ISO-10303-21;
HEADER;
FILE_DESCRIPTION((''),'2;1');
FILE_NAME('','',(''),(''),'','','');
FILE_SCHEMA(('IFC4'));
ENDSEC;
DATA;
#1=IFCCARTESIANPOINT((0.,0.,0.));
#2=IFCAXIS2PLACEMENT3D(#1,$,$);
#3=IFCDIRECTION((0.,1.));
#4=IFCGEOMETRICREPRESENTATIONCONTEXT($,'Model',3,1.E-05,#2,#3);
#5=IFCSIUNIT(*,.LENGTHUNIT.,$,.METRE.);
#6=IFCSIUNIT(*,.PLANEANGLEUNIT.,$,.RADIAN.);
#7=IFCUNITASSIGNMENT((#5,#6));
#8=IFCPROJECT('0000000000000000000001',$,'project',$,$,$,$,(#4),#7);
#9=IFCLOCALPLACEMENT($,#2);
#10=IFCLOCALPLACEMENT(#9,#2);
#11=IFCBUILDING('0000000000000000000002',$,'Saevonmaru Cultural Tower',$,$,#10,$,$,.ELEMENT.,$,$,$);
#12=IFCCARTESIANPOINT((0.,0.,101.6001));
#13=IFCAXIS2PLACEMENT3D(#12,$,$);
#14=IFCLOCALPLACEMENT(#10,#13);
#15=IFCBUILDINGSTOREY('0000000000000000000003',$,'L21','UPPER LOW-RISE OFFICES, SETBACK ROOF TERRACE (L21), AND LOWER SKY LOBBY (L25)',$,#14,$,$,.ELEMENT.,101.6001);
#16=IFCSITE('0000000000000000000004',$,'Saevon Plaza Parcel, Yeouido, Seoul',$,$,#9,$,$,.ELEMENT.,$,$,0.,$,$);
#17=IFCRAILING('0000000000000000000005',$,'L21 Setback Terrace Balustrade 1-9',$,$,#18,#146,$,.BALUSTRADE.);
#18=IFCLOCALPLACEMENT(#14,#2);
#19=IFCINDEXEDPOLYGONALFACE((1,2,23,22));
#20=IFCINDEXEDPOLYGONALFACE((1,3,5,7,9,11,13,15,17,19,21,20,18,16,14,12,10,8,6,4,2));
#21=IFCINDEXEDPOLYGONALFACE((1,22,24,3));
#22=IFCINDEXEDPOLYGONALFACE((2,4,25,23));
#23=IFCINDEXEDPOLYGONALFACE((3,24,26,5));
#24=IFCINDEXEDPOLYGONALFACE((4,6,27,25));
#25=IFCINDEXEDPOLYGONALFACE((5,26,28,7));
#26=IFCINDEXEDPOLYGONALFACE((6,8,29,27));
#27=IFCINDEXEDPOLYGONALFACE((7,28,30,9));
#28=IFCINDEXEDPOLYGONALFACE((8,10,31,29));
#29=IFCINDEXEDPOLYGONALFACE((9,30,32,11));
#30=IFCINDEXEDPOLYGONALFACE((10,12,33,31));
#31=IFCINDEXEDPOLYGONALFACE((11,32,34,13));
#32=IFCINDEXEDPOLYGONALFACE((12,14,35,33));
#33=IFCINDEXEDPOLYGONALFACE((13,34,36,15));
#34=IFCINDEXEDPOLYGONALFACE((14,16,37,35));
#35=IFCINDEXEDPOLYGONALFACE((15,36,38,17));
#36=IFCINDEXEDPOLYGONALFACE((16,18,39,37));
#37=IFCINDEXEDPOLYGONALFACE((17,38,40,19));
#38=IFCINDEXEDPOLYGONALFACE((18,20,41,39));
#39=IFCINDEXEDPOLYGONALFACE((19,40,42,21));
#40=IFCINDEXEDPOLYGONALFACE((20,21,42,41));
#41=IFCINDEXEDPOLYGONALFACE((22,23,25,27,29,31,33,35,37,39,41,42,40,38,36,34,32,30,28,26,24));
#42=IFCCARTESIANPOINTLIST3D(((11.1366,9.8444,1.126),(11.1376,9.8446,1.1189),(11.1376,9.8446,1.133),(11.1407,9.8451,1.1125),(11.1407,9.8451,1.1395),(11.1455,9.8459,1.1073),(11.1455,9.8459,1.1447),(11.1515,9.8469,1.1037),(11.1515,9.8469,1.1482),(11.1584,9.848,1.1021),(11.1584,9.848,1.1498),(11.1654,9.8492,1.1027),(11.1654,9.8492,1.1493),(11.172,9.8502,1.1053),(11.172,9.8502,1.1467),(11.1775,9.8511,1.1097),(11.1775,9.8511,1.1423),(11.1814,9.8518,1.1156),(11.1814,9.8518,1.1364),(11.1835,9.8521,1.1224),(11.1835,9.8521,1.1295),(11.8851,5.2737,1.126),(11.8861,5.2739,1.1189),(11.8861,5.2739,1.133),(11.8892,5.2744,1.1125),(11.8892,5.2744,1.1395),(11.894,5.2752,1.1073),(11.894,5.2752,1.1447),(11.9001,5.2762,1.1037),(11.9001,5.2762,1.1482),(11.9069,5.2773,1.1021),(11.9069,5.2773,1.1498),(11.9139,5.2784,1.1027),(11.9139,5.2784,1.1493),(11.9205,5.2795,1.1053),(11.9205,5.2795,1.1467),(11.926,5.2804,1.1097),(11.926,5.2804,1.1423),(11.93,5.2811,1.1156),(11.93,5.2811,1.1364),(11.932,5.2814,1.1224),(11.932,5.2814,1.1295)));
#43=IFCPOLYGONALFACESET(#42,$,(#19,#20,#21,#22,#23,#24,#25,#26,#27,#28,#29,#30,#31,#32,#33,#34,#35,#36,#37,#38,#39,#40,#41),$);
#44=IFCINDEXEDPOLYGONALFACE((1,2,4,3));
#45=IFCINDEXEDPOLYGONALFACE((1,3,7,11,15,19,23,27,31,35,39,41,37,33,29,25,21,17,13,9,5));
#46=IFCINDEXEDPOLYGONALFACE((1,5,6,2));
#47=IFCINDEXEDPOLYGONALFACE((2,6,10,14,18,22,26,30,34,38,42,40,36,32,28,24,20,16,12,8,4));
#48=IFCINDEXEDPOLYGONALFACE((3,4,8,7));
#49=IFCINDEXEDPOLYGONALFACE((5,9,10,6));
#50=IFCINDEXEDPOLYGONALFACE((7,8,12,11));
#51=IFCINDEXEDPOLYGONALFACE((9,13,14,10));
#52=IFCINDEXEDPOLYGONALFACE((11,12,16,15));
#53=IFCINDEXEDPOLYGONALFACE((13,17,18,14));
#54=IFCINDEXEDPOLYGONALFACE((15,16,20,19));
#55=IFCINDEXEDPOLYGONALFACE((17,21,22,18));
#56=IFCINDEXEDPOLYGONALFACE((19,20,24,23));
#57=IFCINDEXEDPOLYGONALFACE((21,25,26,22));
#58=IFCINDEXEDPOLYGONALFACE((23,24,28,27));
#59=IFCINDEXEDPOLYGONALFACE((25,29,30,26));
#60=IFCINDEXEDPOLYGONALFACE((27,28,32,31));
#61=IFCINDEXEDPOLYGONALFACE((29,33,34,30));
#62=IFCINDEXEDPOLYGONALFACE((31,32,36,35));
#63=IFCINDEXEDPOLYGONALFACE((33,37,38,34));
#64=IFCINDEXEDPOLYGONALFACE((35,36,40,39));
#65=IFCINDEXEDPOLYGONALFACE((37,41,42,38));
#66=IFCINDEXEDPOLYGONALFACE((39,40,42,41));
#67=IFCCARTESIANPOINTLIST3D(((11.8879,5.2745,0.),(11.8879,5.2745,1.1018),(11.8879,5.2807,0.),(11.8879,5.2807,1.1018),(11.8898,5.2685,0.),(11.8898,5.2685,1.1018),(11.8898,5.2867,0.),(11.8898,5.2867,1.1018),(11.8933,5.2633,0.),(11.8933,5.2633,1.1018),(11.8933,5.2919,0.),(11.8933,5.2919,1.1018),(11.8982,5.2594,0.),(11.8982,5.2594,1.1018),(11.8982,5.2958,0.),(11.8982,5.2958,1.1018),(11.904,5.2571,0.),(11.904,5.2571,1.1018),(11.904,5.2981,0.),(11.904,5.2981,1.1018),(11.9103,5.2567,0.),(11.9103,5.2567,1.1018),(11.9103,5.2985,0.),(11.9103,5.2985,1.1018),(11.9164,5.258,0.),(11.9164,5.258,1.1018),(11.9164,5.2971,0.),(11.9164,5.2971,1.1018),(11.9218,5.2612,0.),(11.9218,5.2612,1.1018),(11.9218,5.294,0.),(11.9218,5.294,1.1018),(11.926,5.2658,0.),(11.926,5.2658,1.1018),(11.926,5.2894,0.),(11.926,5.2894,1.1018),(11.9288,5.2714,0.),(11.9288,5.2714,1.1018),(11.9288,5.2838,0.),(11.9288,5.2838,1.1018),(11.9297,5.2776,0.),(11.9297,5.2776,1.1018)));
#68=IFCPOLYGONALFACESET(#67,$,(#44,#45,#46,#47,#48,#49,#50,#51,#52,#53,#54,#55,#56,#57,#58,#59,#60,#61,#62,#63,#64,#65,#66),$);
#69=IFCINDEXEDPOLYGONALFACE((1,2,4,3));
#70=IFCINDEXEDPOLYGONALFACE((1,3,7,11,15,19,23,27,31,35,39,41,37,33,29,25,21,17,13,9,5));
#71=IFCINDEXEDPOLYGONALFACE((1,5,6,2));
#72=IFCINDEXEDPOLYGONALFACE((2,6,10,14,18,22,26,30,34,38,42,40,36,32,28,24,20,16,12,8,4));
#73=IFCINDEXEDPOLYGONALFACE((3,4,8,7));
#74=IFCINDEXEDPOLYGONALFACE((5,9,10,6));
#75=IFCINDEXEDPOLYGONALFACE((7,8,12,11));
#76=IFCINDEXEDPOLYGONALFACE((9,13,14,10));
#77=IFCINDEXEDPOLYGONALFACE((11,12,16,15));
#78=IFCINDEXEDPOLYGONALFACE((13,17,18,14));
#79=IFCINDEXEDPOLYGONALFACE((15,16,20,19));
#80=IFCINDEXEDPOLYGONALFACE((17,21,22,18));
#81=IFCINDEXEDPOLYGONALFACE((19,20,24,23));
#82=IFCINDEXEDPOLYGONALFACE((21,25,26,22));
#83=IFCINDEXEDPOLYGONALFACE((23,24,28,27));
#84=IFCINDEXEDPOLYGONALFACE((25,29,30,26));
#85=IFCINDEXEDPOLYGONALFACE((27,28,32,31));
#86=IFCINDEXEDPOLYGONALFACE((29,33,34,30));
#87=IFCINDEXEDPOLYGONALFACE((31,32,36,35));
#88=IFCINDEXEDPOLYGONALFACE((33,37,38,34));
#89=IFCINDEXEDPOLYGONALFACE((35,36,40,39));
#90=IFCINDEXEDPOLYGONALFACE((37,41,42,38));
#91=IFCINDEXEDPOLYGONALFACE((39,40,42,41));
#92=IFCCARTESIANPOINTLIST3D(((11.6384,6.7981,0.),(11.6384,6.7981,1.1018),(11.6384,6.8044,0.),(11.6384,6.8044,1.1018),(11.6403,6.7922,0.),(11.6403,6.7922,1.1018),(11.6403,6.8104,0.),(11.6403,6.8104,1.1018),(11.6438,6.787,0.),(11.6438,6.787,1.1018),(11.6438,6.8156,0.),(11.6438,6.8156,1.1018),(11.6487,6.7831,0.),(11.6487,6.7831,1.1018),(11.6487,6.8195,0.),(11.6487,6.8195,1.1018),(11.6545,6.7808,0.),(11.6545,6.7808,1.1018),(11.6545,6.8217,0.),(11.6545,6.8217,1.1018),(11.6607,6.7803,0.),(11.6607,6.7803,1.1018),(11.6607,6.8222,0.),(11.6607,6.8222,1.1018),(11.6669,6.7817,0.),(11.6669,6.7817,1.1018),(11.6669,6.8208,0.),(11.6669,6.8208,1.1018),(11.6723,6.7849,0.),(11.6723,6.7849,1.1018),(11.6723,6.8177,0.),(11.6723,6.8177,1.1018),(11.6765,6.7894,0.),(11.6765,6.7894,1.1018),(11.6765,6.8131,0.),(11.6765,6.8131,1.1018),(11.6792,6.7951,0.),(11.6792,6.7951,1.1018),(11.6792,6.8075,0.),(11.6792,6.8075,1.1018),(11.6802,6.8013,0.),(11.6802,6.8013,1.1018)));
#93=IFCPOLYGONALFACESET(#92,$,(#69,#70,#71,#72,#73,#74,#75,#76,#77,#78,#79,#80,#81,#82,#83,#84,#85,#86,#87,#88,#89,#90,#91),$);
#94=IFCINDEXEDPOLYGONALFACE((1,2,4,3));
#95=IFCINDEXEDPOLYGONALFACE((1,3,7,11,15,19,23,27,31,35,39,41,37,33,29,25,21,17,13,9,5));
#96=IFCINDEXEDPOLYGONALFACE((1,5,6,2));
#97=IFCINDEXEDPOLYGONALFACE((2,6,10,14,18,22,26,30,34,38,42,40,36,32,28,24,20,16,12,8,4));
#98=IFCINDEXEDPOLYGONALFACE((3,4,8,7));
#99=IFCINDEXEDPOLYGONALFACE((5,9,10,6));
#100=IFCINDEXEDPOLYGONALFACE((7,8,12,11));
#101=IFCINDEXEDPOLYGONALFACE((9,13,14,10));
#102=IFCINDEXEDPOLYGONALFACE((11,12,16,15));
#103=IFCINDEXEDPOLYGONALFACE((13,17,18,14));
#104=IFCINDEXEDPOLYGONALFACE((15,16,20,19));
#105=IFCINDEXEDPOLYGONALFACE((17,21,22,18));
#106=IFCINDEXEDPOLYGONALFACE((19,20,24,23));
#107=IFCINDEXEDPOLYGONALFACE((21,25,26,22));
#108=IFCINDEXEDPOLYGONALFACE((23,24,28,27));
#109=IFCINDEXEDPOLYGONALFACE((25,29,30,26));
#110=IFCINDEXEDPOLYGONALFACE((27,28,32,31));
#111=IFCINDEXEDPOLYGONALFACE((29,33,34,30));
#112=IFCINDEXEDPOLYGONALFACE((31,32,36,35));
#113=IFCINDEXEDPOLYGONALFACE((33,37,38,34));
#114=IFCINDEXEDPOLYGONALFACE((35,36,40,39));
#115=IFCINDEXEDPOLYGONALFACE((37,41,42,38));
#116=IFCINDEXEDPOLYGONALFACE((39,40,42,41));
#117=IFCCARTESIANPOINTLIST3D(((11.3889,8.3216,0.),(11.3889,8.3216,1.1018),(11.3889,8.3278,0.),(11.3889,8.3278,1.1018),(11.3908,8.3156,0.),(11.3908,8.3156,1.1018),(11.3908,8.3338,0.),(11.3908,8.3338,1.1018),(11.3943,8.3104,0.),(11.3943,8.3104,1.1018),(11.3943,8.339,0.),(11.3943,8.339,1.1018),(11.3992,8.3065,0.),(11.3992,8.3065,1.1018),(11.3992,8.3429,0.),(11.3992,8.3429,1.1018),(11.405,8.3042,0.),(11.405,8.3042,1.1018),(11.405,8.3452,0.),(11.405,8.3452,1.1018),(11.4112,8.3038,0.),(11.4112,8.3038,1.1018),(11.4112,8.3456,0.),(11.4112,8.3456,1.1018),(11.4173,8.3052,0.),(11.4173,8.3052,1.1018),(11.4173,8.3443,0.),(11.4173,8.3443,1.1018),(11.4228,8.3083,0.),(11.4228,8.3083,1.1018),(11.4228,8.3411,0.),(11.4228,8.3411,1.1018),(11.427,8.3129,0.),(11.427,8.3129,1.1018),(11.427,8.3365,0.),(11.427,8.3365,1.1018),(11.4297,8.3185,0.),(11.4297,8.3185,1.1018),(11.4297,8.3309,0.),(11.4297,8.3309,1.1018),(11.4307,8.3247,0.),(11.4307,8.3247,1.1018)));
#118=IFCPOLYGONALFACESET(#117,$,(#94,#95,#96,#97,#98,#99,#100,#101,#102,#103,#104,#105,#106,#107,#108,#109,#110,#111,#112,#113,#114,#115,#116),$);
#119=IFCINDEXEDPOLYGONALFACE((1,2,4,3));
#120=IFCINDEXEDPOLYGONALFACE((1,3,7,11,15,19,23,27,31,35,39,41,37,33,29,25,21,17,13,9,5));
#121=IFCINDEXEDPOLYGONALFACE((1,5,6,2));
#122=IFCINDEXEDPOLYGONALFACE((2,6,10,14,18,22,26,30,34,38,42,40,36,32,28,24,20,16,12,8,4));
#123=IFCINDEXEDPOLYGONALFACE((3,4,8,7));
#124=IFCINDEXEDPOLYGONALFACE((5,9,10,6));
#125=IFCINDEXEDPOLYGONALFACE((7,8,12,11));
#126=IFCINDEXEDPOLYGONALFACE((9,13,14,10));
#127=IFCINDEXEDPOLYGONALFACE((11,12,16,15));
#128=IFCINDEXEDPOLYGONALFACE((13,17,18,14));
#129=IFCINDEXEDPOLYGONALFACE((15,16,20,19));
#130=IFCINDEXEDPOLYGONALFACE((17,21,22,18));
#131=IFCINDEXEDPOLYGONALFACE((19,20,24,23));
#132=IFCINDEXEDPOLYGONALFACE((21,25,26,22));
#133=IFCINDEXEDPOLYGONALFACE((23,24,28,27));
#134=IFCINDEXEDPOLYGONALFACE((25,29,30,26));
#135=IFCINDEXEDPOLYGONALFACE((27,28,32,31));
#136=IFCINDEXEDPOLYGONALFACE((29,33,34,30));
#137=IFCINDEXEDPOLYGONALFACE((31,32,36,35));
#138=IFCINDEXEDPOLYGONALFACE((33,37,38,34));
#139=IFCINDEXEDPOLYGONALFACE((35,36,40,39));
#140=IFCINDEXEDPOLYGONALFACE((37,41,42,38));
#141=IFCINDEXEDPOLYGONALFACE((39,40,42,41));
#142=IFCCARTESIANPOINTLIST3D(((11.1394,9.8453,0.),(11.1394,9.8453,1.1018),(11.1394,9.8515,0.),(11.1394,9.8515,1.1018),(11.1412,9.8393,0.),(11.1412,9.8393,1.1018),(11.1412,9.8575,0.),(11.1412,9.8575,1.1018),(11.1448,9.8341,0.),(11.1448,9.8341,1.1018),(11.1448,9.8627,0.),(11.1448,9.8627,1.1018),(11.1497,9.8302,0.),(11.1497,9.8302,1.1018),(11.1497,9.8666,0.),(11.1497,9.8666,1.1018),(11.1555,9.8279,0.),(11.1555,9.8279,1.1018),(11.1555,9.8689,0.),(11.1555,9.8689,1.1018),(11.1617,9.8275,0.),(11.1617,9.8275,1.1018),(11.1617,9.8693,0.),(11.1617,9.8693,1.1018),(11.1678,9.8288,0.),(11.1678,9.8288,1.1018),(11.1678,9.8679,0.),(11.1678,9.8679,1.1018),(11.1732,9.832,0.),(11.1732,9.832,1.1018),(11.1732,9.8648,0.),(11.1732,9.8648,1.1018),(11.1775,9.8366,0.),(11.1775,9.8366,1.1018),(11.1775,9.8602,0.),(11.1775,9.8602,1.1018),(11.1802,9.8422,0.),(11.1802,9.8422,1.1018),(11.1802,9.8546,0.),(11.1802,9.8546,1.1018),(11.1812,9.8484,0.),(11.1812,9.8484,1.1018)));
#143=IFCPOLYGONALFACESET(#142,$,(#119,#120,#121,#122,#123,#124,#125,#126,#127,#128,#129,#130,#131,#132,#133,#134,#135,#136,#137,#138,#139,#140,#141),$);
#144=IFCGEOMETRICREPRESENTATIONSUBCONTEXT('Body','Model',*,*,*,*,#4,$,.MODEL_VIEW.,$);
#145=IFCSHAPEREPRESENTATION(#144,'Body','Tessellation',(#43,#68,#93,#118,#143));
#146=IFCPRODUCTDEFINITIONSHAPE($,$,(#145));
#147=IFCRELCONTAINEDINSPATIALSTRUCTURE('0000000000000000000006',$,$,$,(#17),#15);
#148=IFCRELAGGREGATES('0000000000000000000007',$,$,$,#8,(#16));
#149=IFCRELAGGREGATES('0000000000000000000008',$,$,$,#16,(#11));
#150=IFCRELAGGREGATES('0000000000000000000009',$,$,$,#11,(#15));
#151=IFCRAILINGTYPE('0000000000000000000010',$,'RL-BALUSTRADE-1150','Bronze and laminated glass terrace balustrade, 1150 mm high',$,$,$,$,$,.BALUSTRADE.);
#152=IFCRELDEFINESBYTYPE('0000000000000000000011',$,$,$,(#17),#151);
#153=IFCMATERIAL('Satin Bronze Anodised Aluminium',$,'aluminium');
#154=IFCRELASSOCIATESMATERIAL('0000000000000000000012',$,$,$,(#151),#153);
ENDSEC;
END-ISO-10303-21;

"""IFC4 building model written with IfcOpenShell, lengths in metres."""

from ifc_helpers import new_model, si_unit, direction, frame, origin, origin_2d, place, context, subcontext, project, spatial, circle, extrude, material, type_object, element, save


model = new_model("IFC4")

# Units and contexts
model_context = context("Model", 3, precision=1e-05, world=origin(), true_north=direction((0.0, 1.0)))
body_context = subcontext(model_context, "Body", "Model", "MODEL_VIEW")
ifc_project = project(units=[si_unit("LENGTHUNIT", "METRE"), si_unit("PLANEANGLEUNIT", "RADIAN")], contexts=[model_context])

# Site, building, storey
site_placement = place(None, origin())
site = spatial("IfcSite", under=ifc_project, at=site_placement, Name="Saevon Plaza Parcel, Yeouido, Seoul", CompositionType="ELEMENT", RefElevation=0.0)
building_placement = place(site_placement, origin())
building = spatial("IfcBuilding", under=site, at=building_placement, Name="Saevonmaru Cultural Tower", CompositionType="ELEMENT")
storey_placement = place(building_placement, frame((0.0, 0.0, 101.6001)))
storey = spatial("IfcBuildingStorey", under=building, at=storey_placement, Name="L21", Description="UPPER LOW-RISE OFFICES, SETBACK ROOF TERRACE (L21), AND LOWER SKY LOBBY (L25)", CompositionType="ELEMENT", Elevation=101.6001)

# Shared definitions
ifc_material_1 = material(Name="Satin Bronze Anodised Aluminium", Category="aluminium")

# Railing
railing_type = type_object("IfcRailingType", Name="RL-BALUSTRADE-1150", Description="Bronze and laminated glass terrace balustrade, 1150 mm high", PredefinedType="BALUSTRADE", material=ifc_material_1)
railing_1_placement = place(storey_placement, frame((11.9087, 5.2776, 0.0)))
element("IfcRailing", 1, at=railing_1_placement, inside=storey, type_object=railing_type, Name="L21 Setback Terrace Balustrade 1-9", PredefinedType="BALUSTRADE", context=body_context, shape_type="SweptSolid", body=[
    extrude(circle(Radius=0.0239, at=origin_2d()), frame((0.0, 0.0, 1.126), z_axis=(-0.161612, 0.986854, 0.0), x_axis=(-0.986854, -0.161612, 0.0)), (0.0, 0.0, 1.0), 4.6316),
    extrude(circle(Radius=0.021, at=origin_2d()), origin(), (0.0, 0.0, 1.0), 1.1018),
    extrude(circle(Radius=0.021, at=origin_2d()), frame((-0.2495, 1.5237, 0.0)), (0.0, 0.0, 1.0), 1.1018),
    extrude(circle(Radius=0.021, at=origin_2d()), frame((-0.499, 3.0471, 0.0)), (0.0, 0.0, 1.0), 1.1018),
    extrude(circle(Radius=0.021, at=origin_2d()), frame((-0.7485, 4.5708, 0.0)), (0.0, 0.0, 1.0), 1.1018),
])

save(model, "model.ifc")
